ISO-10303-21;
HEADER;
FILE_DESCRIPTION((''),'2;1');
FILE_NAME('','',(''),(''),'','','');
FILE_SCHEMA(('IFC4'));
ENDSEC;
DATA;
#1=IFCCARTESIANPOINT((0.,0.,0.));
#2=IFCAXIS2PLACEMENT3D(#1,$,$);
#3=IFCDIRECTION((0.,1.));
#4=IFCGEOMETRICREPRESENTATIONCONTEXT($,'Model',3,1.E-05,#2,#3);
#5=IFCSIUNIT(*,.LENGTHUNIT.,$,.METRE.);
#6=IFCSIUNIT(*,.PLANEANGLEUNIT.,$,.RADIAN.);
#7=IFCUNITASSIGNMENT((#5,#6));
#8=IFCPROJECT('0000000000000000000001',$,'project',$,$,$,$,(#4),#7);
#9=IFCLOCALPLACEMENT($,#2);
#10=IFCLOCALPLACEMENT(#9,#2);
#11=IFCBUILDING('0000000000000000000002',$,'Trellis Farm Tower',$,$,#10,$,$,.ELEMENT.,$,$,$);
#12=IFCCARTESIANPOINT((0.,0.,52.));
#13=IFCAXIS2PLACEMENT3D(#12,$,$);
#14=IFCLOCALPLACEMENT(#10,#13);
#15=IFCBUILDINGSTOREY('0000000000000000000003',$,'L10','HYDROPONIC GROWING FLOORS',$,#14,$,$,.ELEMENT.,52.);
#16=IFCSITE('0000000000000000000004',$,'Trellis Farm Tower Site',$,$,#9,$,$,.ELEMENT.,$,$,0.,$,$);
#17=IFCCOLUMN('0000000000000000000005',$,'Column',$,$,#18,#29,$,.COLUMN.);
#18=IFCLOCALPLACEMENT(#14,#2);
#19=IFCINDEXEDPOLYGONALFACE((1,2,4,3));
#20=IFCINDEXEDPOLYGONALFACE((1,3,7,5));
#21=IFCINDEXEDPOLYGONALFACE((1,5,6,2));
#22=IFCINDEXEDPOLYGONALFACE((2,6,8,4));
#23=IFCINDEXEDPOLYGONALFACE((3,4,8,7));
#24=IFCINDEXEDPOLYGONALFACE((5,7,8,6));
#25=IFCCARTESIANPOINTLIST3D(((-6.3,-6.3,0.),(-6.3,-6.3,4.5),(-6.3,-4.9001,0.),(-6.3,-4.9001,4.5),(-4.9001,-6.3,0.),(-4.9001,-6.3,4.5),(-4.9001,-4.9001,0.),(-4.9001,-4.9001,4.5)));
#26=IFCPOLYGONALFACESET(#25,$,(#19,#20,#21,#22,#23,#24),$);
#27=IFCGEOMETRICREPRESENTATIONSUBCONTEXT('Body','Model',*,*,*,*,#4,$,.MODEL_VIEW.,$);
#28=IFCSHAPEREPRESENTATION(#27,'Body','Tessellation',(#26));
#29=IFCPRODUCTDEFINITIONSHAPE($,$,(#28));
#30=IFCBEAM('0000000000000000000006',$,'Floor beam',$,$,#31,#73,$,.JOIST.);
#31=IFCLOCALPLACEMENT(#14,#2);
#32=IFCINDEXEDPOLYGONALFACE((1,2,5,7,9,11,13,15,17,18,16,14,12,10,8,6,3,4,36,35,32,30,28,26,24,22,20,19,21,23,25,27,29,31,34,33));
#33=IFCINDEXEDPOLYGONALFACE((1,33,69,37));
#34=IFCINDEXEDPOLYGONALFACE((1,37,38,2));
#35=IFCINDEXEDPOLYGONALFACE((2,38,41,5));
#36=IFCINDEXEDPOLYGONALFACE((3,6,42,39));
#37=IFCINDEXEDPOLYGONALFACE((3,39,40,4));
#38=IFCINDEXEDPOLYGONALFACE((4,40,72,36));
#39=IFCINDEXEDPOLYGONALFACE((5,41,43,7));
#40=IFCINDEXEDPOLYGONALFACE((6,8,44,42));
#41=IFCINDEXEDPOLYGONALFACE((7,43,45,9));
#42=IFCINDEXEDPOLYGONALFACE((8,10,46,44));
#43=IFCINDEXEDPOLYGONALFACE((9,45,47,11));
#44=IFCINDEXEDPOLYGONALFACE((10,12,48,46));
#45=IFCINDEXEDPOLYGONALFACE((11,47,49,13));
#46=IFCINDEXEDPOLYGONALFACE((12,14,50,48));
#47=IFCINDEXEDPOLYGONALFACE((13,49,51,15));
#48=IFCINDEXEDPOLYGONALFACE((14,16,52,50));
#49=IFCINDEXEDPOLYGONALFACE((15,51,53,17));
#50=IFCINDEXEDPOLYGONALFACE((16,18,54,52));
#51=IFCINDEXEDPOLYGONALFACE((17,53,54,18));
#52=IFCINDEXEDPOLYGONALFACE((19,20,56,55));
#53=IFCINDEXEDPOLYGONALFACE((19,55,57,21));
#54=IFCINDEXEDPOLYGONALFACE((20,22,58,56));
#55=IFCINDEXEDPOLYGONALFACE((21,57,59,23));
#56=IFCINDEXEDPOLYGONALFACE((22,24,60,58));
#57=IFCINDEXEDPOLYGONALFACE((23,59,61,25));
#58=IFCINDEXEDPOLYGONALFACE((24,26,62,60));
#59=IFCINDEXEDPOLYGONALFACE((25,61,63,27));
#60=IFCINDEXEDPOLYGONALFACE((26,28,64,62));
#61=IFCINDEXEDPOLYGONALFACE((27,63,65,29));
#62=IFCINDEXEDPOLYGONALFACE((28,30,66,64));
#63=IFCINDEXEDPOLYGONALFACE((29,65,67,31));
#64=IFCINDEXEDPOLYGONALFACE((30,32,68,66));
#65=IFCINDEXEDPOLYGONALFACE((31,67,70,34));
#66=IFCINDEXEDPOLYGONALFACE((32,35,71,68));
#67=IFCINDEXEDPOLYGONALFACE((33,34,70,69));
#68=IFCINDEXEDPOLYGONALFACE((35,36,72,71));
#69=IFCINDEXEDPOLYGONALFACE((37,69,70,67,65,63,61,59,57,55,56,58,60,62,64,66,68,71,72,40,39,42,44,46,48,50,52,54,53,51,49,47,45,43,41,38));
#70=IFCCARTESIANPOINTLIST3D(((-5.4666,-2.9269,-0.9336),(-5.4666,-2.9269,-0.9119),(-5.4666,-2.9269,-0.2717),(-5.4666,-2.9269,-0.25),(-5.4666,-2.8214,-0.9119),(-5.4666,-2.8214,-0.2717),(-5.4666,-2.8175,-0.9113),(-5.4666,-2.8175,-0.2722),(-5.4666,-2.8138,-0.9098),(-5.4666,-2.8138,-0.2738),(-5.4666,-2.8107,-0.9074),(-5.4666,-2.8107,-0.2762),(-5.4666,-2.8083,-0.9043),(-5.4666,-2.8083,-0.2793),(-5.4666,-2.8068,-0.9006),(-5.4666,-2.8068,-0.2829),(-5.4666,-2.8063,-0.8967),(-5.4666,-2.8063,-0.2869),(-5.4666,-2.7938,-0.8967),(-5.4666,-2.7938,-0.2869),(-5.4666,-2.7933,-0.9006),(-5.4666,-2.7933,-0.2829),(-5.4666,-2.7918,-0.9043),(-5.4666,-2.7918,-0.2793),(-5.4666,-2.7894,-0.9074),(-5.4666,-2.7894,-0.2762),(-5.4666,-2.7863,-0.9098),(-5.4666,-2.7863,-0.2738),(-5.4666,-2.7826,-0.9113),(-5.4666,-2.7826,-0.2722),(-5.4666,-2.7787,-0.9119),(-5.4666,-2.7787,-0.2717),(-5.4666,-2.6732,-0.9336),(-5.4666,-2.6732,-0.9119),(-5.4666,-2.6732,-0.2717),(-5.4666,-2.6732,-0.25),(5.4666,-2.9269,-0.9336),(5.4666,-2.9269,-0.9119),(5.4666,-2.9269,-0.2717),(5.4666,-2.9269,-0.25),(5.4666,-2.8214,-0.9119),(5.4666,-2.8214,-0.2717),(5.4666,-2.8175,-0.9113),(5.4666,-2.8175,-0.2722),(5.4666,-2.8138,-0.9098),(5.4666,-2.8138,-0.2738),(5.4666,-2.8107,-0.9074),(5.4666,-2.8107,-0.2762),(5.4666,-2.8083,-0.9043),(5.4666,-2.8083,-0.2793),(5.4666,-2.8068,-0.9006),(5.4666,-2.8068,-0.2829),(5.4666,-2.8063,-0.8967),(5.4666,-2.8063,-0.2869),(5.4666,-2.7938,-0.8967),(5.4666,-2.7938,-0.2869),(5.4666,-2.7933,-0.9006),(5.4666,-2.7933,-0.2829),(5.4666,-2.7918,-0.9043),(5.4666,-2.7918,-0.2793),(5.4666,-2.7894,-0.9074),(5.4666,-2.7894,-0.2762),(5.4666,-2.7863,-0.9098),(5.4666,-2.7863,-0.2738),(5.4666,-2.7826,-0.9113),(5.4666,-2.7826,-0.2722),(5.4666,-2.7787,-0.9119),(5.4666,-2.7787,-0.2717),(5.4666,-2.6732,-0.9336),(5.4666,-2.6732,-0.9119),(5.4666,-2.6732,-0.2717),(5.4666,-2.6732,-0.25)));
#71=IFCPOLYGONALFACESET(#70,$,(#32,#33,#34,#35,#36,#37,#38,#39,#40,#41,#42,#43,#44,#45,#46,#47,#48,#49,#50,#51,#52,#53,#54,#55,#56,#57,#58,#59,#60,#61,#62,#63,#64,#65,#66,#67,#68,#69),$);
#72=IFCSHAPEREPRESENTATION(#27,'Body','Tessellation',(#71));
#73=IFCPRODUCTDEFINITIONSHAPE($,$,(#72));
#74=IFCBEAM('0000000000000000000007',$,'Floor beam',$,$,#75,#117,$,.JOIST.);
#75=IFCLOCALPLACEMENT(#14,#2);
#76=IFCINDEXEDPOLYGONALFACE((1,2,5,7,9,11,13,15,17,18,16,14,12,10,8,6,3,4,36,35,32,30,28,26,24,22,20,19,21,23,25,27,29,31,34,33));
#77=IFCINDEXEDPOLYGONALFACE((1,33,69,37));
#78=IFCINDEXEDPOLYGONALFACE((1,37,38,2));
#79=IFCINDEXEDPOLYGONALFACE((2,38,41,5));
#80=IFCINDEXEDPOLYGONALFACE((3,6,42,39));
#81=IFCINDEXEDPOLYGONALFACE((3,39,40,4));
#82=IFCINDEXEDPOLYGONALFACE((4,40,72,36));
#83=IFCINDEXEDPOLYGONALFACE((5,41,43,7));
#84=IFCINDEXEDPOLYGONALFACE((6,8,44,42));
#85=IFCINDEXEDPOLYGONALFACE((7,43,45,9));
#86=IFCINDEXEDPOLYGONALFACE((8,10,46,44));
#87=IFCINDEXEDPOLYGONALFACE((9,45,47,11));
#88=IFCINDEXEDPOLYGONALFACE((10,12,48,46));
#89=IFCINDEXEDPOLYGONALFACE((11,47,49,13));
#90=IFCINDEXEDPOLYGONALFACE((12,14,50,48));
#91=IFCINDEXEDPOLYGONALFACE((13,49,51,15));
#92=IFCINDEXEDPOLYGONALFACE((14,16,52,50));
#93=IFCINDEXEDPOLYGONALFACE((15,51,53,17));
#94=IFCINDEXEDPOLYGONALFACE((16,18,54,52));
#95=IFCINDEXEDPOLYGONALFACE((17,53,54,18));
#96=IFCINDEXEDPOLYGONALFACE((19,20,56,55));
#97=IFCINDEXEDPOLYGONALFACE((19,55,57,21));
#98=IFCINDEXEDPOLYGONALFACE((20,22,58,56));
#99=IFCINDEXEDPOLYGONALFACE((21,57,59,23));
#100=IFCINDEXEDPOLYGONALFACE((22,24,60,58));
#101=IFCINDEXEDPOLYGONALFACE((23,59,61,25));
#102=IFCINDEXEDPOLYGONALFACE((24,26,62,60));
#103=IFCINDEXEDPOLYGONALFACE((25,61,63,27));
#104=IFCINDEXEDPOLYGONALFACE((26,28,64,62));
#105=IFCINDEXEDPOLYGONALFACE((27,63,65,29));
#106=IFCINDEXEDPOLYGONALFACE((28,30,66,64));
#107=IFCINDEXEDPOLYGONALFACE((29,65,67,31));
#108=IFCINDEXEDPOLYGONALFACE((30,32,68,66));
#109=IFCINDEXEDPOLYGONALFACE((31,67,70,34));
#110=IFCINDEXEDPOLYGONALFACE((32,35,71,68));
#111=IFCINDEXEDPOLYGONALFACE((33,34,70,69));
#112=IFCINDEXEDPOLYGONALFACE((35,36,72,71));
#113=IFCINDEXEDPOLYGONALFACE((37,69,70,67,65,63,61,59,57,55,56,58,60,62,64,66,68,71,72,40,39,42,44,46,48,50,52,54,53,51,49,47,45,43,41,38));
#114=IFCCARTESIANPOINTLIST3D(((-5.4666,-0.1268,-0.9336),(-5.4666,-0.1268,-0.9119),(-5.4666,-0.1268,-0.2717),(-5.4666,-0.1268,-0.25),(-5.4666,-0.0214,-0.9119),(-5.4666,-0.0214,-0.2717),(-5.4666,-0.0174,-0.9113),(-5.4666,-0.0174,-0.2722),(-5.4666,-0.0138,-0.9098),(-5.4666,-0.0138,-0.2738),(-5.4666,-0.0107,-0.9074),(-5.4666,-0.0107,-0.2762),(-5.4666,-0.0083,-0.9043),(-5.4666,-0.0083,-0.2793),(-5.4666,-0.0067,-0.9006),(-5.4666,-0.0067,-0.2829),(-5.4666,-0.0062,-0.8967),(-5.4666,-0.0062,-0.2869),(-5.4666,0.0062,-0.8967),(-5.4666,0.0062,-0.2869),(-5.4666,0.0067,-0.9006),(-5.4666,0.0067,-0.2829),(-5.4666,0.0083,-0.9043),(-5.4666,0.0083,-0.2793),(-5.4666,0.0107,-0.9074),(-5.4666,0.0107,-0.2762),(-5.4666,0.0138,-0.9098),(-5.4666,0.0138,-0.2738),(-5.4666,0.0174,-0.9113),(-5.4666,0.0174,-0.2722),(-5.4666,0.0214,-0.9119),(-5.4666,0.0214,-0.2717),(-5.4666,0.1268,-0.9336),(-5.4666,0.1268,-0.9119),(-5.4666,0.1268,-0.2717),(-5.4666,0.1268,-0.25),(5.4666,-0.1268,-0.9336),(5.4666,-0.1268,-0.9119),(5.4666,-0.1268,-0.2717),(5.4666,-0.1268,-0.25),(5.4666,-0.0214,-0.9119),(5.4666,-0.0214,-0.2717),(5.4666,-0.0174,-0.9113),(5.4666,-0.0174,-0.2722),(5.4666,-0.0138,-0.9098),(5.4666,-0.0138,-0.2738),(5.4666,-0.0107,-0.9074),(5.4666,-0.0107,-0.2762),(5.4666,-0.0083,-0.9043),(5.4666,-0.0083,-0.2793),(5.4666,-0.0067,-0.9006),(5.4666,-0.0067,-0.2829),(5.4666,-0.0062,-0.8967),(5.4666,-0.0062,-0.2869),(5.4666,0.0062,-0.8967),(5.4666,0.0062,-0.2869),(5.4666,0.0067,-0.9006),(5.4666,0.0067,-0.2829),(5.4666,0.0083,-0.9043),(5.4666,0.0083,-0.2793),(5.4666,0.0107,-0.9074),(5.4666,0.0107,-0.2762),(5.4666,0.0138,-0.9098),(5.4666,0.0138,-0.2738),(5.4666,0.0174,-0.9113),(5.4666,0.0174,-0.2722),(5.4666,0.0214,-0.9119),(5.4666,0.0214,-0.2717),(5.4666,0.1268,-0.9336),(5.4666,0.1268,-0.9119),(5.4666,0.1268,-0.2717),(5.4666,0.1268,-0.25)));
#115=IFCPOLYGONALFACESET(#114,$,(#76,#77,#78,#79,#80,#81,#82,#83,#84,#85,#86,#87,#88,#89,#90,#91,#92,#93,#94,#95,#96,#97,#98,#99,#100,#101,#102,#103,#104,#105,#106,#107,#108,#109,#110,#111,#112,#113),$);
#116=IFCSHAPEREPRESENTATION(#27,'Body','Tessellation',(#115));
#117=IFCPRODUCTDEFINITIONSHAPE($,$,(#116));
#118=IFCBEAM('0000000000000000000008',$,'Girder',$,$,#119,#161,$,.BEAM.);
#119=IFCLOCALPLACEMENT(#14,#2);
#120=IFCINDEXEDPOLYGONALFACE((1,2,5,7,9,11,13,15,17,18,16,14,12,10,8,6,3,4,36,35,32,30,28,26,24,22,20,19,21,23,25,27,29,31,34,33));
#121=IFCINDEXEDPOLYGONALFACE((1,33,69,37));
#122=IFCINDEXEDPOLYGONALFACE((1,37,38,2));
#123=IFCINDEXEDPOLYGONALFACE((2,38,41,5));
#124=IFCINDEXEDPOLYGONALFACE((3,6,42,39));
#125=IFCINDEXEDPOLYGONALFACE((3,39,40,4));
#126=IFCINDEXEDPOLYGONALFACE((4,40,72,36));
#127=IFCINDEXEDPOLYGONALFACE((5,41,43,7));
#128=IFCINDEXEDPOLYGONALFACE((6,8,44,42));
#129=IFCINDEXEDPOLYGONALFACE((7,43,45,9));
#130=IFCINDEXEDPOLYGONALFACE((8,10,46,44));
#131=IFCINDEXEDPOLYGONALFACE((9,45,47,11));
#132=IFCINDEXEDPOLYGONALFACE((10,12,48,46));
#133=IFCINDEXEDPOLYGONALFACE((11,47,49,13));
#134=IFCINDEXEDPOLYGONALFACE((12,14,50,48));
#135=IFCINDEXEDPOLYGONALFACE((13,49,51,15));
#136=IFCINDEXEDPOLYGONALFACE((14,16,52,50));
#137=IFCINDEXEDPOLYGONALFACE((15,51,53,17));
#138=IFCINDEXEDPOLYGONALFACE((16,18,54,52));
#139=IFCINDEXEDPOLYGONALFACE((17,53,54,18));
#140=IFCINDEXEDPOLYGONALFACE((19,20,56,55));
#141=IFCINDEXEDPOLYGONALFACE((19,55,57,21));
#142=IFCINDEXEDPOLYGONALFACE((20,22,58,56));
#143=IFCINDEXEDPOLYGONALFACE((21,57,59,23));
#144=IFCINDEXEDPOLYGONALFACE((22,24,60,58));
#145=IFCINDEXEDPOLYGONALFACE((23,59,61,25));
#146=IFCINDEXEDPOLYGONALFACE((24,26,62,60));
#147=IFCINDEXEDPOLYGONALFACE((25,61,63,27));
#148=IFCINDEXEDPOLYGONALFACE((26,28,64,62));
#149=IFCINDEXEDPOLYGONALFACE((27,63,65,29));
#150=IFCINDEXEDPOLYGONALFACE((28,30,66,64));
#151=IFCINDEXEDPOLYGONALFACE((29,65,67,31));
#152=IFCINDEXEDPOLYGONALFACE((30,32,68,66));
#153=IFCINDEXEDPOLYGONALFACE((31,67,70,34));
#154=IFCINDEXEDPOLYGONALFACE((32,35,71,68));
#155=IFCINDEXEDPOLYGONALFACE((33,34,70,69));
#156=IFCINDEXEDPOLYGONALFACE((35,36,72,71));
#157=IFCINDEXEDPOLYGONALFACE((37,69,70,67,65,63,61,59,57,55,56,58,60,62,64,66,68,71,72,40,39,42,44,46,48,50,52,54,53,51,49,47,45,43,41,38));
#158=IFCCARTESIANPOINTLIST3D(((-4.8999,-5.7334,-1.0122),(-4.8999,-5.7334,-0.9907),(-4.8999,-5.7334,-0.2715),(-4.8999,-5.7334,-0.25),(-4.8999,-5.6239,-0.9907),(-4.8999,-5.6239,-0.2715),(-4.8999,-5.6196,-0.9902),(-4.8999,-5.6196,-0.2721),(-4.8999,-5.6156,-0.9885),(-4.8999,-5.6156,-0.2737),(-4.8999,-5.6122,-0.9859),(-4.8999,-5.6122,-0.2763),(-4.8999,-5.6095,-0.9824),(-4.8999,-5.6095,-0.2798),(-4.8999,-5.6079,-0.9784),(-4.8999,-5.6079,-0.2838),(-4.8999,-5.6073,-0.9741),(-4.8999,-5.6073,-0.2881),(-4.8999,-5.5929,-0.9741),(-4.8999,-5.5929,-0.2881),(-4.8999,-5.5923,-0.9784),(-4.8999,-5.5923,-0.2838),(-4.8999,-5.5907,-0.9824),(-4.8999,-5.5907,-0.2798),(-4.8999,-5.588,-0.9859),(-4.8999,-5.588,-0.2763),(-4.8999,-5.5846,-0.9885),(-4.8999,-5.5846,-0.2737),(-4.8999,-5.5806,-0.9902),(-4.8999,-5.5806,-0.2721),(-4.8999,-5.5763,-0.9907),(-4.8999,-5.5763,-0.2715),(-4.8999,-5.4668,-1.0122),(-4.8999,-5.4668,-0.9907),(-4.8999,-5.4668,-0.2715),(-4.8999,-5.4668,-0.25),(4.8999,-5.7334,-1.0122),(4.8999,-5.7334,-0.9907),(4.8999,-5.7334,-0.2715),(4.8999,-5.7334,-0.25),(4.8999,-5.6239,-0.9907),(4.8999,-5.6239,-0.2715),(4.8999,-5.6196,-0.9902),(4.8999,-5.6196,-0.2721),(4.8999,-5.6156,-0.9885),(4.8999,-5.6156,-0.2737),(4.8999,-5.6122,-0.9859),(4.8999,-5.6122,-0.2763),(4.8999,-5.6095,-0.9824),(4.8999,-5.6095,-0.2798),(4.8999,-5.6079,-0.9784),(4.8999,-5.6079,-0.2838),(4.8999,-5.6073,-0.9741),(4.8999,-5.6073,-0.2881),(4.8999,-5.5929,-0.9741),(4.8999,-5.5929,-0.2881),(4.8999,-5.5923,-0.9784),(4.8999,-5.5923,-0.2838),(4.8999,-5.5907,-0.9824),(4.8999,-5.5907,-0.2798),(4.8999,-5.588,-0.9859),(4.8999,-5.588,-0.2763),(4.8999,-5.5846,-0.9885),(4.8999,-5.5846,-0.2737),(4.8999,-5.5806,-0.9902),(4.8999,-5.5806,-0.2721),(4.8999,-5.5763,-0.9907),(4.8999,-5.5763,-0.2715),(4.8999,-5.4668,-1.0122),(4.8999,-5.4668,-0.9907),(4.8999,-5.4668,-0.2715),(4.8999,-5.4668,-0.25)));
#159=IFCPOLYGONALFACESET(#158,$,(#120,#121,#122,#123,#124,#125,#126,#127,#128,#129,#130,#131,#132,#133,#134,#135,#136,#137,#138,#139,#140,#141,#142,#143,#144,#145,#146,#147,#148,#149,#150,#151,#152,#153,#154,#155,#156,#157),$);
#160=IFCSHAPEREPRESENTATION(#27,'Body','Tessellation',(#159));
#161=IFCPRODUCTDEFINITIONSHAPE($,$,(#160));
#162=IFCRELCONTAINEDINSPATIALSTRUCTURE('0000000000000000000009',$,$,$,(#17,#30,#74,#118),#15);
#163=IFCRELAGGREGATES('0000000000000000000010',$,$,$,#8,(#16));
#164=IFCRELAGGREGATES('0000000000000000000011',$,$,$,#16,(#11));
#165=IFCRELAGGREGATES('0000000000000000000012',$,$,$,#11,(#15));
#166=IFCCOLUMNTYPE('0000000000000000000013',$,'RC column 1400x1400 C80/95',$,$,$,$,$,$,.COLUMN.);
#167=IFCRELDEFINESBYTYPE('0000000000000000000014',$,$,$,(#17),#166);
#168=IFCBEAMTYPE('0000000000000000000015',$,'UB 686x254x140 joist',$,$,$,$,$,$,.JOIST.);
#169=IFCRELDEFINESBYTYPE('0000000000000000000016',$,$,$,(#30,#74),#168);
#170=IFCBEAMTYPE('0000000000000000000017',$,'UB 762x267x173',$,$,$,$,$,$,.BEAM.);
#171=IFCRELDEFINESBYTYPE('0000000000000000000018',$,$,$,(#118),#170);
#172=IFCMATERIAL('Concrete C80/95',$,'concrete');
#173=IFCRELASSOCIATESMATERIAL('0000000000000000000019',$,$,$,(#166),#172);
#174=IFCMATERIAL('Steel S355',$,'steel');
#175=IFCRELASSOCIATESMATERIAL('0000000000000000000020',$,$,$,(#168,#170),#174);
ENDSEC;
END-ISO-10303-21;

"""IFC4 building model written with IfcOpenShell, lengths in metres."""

from ifc_helpers import new_model, si_unit, direction, frame, origin, origin_2d, place, context, subcontext, project, spatial, rectangle, i_section, extrude, source, transform, mapped, material, material_profile, profile_set, type_object, element, save


model = new_model("IFC4")

# Units and contexts
model_context = context("Model", 3, precision=1e-05, world=origin(), true_north=direction((0.0, 1.0)))
body_context = subcontext(model_context, "Body", "Model", "MODEL_VIEW")
ifc_project = project(units=[si_unit("LENGTHUNIT", "METRE"), si_unit("PLANEANGLEUNIT", "RADIAN")], contexts=[model_context])

# Site, building, storey
site_placement = place(None, origin())
site = spatial("IfcSite", under=ifc_project, at=site_placement, Name="Trellis Farm Tower Site", CompositionType="ELEMENT", RefElevation=0.0)
building_placement = place(site_placement, origin())
building = spatial("IfcBuilding", under=site, at=building_placement, Name="Trellis Farm Tower", CompositionType="ELEMENT")
storey_placement = place(building_placement, frame((0.0, 0.0, 52.0)))
storey = spatial("IfcBuildingStorey", under=building, at=storey_placement, Name="L10", Description="HYDROPONIC GROWING FLOORS", CompositionType="ELEMENT", Elevation=52.0)

# Column
ifc_material_1 = material(Name="Concrete C80/95", Category="concrete")
ifc_material_profile_1 = material_profile(ifc_material_1, rectangle(XDim=1.3999, YDim=1.3999, at=origin_2d()), Name="RC column 1400x1400 C80/95")
ifc_profile_set_1 = profile_set([ifc_material_profile_1], Name="Concrete C80/95")
column_type = type_object("IfcColumnType", Name="RC column 1400x1400 C80/95", PredefinedType="COLUMN", material=ifc_profile_set_1)
shared_shape_1 = source(origin(), body_context, "Body", "SweptSolid", [
    extrude(rectangle(XDim=1.3999, YDim=1.3999, at=origin_2d()), origin(), (0.0, 0.0, 1.0), 4.5),
])
column_placement = place(storey_placement, frame((-5.6001, -5.6001, 0.0), z_axis=(0.0, 0.0, 1.0), x_axis=(1.0, 0.0, 0.0)))
element("IfcColumn", 1, at=column_placement, inside=storey, type_object=column_type, Name="Column", PredefinedType="COLUMN", context=body_context, shape_type="MappedRepresentation", body=[
    mapped(shared_shape_1, transform((0.0, 0.0, 0.0))),
])

# Beams
ifc_material_2 = material(Name="Steel S355", Category="steel")
ifc_material_profile_2 = material_profile(ifc_material_2, i_section(OverallWidth=0.2537, OverallDepth=0.6836, WebThickness=0.0125, FlangeThickness=0.0217, FilletRadius=0.0151, at=origin_2d()), Name="UB 686x254x140")
ifc_profile_set_2 = profile_set([ifc_material_profile_2], Name="Steel S355")
beam_type_1 = type_object("IfcBeamType", Name="UB 686x254x140 joist", PredefinedType="JOIST", material=ifc_profile_set_2)
shared_shape_2 = source(origin(), body_context, "Body", "SweptSolid", [
    extrude(i_section(OverallWidth=0.2537, OverallDepth=0.6836, WebThickness=0.0125, FlangeThickness=0.0217, FilletRadius=0.0151, at=origin_2d()), origin(), (0.0, 0.0, 1.0), 10.9331),
])
for number, where, z_axis, x_axis, name in (
    (2, (-5.4666, -2.8, -0.5918), (1.0, 0.0, 0.0), (0.0, 1.0, 0.0), "Floor beam"),
    (3, (-5.4666, 0.0, -0.5918), (1.0, 0.0, 0.0), (0.0, 1.0, 0.0), "Floor beam"),
):
    element("IfcBeam", number, at=place(storey_placement, frame(where, z_axis=z_axis, x_axis=x_axis)), inside=storey, type_object=beam_type_1, Name=name, PredefinedType="JOIST", context=body_context, shape_type="MappedRepresentation", body=[
        mapped(shared_shape_2, transform((0.0, 0.0, 0.0))),
    ])
ifc_material_profile_3 = material_profile(ifc_material_2, i_section(OverallWidth=0.2666, OverallDepth=0.7622, WebThickness=0.0144, FlangeThickness=0.0215, FilletRadius=0.0166, at=origin_2d()), Name="UB 762x267x173")
ifc_profile_set_3 = profile_set([ifc_material_profile_3], Name="Steel S355")
beam_type_2 = type_object("IfcBeamType", Name="UB 762x267x173", PredefinedType="BEAM", material=ifc_profile_set_3)
shared_shape_3 = source(origin(), body_context, "Body", "SweptSolid", [
    extrude(i_section(OverallWidth=0.2666, OverallDepth=0.7622, WebThickness=0.0144, FlangeThickness=0.0215, FilletRadius=0.0166, at=origin_2d()), origin(), (0.0, 0.0, 1.0), 9.7998),
])
for number, where, z_axis, x_axis, name in (
    (4, (-4.8999, -5.6001, -0.6311), (1.0, 0.0, 0.0), (0.0, 1.0, 0.0), "Girder"),
):
    element("IfcBeam", number, at=place(storey_placement, frame(where, z_axis=z_axis, x_axis=x_axis)), inside=storey, type_object=beam_type_2, Name=name, PredefinedType="BEAM", context=body_context, shape_type="MappedRepresentation", body=[
        mapped(shared_shape_3, transform((0.0, 0.0, 0.0))),
    ])

save(model, "model.ifc")
